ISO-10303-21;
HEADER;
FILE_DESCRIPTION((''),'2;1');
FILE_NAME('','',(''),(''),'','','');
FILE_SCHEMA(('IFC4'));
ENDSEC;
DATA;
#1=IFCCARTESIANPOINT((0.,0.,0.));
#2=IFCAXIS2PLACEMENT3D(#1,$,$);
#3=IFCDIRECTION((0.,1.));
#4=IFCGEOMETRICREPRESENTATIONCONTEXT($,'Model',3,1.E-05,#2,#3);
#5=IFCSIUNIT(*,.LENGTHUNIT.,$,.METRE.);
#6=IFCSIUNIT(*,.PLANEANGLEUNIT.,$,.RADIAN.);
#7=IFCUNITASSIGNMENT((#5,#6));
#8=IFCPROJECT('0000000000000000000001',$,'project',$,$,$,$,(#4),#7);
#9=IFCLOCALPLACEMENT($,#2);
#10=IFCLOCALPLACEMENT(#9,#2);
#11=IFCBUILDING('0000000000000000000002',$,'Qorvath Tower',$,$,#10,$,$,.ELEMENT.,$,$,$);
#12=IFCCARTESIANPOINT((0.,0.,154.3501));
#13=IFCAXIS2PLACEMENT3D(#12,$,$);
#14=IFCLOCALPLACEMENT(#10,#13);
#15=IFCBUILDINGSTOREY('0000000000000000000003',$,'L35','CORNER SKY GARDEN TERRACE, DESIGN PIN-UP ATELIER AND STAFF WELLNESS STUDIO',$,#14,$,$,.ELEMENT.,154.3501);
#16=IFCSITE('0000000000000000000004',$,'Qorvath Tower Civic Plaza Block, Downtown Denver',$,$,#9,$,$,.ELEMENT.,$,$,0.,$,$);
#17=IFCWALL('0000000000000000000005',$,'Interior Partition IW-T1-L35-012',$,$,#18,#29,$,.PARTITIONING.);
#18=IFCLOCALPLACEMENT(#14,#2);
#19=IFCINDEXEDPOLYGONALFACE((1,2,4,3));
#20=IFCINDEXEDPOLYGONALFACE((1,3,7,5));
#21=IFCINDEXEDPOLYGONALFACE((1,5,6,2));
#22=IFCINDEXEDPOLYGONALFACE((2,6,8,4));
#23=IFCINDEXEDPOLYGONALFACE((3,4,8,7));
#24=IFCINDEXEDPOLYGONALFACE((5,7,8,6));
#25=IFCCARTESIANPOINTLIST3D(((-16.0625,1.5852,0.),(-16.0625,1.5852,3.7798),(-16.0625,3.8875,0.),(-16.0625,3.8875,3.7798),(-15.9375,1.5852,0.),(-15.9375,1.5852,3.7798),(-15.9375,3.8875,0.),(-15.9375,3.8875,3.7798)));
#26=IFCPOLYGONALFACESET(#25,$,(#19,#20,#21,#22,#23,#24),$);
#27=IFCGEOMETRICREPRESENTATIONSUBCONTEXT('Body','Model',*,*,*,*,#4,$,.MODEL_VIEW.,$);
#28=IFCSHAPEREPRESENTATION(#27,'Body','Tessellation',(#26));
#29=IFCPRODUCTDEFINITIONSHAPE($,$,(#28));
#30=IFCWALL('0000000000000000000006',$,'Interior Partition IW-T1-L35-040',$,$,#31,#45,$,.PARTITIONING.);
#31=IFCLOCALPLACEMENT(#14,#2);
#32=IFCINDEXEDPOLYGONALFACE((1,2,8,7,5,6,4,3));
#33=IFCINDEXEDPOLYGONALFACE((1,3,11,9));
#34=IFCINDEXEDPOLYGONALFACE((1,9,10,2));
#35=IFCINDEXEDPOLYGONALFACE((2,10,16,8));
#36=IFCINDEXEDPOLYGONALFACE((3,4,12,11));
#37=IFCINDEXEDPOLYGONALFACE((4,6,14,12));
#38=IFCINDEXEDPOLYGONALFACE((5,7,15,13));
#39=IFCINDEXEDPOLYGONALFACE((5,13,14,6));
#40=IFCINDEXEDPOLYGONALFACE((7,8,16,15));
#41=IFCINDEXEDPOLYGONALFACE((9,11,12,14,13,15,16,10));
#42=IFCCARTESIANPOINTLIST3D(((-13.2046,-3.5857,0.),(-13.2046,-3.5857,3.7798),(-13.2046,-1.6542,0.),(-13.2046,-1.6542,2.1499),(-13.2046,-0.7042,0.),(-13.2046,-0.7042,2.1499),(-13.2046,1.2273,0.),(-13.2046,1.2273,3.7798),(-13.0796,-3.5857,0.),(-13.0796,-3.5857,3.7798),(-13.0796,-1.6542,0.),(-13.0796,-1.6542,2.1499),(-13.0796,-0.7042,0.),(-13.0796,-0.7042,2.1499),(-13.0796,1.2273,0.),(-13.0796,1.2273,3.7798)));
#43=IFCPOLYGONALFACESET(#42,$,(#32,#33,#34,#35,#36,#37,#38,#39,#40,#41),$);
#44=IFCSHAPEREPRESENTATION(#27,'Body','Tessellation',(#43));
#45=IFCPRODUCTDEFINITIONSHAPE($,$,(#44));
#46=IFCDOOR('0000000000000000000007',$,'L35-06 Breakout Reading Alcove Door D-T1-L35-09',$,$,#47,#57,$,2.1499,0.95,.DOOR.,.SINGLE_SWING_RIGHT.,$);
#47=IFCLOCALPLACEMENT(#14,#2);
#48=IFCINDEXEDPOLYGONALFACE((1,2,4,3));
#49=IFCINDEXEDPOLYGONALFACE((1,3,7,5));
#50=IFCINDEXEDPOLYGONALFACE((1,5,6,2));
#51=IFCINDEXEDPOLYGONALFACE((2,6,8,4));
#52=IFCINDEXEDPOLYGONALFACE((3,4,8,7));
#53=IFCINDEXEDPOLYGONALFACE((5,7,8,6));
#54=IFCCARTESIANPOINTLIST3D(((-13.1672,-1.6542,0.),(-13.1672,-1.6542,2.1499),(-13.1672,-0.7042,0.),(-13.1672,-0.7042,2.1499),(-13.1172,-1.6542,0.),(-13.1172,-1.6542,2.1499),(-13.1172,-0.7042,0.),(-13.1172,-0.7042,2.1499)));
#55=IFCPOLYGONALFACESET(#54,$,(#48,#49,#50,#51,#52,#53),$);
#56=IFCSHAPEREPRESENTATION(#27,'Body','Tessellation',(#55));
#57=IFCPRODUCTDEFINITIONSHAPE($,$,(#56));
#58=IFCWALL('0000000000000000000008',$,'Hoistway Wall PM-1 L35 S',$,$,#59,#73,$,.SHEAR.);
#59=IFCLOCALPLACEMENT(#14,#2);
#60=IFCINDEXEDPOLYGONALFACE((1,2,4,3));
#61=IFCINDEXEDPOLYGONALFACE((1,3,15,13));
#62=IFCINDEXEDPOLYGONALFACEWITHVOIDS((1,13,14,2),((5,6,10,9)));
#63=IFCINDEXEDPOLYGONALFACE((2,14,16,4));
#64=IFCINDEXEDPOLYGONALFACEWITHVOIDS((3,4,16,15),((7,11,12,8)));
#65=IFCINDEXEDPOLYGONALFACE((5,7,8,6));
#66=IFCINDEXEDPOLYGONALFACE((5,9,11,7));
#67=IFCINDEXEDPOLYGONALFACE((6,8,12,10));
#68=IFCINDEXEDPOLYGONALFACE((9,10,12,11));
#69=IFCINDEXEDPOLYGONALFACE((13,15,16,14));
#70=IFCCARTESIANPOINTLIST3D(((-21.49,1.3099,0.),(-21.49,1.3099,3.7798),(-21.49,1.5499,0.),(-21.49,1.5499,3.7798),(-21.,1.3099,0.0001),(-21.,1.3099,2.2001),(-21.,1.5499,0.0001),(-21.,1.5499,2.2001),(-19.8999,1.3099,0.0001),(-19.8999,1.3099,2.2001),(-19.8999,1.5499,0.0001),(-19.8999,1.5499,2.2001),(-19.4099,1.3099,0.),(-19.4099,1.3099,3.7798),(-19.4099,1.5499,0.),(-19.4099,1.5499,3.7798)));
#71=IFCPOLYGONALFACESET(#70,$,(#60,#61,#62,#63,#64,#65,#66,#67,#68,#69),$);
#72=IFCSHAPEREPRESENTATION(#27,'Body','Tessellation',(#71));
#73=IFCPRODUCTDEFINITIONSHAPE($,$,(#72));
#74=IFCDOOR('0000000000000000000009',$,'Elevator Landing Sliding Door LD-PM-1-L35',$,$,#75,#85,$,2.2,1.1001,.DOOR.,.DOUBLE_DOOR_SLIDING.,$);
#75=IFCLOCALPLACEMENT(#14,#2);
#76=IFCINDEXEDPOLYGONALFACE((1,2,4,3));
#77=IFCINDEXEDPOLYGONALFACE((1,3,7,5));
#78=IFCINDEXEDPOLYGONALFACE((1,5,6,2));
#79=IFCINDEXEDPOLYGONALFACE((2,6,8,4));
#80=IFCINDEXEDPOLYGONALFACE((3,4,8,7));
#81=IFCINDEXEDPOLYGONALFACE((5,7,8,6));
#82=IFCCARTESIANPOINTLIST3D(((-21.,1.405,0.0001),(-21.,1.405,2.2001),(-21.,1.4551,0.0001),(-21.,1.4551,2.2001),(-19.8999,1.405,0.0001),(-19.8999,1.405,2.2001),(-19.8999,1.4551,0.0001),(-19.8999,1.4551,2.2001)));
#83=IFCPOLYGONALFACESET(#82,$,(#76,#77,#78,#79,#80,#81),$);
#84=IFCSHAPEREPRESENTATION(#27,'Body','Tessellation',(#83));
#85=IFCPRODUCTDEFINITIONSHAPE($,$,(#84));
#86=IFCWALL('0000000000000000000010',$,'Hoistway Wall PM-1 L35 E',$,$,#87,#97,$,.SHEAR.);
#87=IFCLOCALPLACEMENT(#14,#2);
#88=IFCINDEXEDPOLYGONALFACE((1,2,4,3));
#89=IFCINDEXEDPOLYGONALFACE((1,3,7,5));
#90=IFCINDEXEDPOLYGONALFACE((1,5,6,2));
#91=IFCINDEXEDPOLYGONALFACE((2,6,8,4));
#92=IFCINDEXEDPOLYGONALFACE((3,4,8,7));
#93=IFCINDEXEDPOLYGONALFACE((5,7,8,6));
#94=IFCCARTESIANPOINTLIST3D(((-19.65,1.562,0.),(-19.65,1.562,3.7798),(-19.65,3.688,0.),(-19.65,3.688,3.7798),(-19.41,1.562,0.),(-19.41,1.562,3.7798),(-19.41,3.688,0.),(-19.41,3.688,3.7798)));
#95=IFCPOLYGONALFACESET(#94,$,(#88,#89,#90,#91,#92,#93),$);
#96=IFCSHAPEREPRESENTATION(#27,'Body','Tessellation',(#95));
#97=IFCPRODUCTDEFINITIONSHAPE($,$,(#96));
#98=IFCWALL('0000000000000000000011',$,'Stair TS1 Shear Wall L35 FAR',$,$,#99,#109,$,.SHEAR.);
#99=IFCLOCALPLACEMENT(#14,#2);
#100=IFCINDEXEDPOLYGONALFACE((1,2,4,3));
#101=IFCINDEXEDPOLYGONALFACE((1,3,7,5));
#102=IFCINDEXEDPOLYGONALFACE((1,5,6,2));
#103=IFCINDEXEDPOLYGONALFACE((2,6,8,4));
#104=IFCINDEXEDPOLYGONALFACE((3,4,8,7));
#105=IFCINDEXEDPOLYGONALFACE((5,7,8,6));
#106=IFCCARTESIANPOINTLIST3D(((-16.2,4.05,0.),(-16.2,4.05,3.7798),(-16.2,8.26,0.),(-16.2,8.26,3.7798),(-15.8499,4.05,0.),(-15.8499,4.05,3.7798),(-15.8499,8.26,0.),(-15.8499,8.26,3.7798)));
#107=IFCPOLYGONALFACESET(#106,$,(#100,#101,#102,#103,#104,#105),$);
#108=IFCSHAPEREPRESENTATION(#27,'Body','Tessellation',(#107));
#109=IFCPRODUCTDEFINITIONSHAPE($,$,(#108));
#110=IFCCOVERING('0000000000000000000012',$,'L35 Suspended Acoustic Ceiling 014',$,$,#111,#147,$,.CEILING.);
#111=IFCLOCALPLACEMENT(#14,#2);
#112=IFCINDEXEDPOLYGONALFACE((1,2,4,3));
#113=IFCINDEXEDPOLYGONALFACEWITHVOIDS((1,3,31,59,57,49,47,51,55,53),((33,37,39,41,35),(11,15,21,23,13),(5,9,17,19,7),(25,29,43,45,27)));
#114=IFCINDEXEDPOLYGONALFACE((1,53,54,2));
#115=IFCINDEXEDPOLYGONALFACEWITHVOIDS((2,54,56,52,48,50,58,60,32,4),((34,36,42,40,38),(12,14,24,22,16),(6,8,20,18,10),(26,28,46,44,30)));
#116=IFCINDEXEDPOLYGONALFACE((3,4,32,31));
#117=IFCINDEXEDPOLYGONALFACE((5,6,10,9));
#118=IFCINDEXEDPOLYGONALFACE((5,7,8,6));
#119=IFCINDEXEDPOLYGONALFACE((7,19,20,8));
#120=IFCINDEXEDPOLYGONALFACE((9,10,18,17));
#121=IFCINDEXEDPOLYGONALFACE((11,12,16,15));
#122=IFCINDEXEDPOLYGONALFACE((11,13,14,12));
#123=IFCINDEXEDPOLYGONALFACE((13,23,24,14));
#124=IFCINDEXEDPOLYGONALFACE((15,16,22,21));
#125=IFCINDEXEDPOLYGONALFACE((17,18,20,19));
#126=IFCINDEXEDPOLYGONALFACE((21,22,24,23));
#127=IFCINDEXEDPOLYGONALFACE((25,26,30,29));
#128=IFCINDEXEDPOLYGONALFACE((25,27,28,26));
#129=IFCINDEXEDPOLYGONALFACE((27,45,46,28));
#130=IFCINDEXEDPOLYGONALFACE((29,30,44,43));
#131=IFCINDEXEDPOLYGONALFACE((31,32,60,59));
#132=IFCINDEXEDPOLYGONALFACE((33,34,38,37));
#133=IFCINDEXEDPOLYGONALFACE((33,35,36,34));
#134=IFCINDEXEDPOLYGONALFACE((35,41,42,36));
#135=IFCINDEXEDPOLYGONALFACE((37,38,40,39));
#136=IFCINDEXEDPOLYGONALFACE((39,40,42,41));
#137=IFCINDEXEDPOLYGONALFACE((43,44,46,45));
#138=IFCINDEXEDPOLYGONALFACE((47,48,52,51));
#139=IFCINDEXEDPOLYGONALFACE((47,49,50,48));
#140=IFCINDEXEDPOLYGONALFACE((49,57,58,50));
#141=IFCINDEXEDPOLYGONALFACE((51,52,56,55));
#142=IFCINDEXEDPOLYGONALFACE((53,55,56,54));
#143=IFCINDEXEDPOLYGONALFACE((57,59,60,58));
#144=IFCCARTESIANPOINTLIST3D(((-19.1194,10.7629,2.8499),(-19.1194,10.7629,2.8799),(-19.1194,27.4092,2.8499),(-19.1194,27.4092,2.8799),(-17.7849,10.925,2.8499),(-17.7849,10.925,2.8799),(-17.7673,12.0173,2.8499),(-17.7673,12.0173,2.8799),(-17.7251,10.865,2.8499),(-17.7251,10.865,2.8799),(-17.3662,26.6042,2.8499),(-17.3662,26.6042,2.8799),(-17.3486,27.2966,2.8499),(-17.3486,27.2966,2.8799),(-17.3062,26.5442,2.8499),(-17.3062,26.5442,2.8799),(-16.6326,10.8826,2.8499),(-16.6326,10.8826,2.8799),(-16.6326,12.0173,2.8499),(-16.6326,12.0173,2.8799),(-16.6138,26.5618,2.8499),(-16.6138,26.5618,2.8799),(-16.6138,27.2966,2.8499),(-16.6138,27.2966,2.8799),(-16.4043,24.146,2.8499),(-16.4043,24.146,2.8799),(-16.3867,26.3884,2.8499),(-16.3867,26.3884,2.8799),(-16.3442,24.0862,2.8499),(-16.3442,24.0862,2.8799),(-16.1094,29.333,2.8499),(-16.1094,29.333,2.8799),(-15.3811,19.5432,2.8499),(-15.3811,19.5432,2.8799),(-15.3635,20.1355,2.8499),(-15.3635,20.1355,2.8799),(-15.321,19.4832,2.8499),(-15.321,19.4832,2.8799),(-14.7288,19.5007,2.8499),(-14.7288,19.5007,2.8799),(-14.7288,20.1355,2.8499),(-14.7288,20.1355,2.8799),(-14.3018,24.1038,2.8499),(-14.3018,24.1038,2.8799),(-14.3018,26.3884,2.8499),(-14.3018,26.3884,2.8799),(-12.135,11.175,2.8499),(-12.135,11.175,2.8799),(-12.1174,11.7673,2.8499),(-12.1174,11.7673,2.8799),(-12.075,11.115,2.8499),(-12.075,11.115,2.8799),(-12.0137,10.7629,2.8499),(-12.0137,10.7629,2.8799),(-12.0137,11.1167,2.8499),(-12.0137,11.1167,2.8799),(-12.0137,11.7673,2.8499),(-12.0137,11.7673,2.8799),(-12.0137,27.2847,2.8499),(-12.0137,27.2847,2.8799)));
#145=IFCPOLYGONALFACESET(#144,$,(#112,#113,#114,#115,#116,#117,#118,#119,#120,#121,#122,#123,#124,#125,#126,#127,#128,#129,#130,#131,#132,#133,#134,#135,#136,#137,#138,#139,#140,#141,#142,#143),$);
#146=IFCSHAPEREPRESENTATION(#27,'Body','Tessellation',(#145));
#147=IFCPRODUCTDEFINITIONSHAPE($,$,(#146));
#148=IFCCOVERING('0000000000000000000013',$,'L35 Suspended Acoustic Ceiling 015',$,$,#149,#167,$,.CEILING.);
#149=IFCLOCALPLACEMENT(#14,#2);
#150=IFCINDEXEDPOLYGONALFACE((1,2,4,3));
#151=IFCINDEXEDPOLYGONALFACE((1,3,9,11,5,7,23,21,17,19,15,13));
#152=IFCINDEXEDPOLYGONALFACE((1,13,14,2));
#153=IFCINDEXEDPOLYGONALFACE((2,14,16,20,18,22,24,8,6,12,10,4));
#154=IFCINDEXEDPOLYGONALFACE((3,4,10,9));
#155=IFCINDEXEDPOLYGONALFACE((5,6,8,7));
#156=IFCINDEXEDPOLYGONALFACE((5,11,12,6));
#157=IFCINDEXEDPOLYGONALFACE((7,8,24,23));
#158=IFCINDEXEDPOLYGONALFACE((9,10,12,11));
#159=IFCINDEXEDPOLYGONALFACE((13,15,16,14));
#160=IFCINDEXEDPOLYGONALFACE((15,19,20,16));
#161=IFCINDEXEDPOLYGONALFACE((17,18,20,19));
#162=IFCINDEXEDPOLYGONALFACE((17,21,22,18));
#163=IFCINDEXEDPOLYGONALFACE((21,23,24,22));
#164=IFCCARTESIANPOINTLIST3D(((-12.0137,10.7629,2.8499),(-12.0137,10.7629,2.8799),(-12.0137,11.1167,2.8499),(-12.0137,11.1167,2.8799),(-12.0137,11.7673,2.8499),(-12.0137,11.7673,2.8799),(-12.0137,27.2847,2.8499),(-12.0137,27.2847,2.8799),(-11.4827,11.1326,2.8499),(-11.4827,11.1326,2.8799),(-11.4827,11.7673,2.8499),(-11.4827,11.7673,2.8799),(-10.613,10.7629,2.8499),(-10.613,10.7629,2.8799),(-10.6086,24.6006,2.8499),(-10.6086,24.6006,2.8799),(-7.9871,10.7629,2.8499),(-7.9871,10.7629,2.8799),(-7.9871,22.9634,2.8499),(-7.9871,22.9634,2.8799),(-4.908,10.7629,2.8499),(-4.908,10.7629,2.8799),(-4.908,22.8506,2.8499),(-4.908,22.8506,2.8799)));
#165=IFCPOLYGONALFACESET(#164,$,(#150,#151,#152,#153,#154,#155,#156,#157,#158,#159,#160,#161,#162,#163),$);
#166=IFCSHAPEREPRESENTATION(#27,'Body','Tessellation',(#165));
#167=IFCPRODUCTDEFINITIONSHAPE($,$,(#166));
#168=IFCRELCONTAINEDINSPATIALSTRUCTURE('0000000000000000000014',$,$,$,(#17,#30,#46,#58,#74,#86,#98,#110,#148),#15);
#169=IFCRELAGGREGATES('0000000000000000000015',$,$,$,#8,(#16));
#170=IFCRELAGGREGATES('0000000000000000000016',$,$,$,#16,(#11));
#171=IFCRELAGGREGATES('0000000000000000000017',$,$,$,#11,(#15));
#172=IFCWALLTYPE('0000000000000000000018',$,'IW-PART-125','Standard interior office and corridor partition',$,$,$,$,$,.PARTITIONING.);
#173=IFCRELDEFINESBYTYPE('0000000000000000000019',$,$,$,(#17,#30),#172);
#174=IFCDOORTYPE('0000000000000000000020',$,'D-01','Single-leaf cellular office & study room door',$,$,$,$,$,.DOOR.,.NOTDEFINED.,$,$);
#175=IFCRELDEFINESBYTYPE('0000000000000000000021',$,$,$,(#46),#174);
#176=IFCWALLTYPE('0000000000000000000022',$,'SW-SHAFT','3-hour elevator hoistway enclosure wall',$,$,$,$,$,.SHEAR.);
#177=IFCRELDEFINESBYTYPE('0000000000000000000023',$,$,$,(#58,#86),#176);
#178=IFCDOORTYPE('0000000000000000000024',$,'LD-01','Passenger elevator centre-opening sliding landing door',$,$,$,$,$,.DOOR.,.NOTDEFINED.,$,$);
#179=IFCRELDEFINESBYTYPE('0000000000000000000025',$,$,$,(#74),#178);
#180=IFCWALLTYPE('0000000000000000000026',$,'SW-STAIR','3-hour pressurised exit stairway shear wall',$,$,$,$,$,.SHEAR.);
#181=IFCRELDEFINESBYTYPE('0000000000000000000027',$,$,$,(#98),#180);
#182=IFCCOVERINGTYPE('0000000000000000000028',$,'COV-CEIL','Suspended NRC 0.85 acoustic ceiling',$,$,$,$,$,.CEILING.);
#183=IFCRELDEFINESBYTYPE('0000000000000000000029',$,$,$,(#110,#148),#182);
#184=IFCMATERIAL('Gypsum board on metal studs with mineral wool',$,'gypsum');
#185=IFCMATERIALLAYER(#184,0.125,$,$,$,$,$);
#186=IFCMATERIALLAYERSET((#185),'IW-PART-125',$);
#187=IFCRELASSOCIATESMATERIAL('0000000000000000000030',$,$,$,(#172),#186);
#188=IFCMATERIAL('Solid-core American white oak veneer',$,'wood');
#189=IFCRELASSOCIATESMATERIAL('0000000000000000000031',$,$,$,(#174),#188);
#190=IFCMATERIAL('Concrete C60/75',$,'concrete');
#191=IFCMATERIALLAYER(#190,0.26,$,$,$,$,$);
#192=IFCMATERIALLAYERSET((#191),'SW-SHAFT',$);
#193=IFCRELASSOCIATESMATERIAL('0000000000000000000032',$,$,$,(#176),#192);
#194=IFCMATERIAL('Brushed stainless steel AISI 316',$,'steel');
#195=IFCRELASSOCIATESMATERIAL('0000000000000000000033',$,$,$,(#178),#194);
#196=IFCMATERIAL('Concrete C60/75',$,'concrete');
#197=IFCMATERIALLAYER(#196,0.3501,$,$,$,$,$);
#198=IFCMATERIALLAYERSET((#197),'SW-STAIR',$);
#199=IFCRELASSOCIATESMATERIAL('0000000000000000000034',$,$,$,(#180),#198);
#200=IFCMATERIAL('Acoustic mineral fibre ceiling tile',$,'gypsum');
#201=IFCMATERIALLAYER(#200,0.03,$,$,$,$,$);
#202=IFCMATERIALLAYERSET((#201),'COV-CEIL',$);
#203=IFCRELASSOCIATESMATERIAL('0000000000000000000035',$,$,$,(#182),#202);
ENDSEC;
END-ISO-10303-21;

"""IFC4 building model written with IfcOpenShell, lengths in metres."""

from ifc_helpers import new_model, si_unit, direction, frame, frame_2d, origin, place, context, subcontext, project, spatial, polyline, rectangle, outline, extrude, material, layer, layer_set, type_object, element, fill, save


model = new_model("IFC4")

# Units and contexts
model_context = context("Model", 3, precision=1e-05, world=origin(), true_north=direction((0.0, 1.0)))
body_context = subcontext(model_context, "Body", "Model", "MODEL_VIEW")
ifc_project = project(units=[si_unit("LENGTHUNIT", "METRE"), si_unit("PLANEANGLEUNIT", "RADIAN")], contexts=[model_context])

# Site, building, storey
site_placement = place(None, origin())
site = spatial("IfcSite", under=ifc_project, at=site_placement, Name="Qorvath Tower Civic Plaza Block, Downtown Denver", CompositionType="ELEMENT", RefElevation=0.0)
building_placement = place(site_placement, origin())
building = spatial("IfcBuilding", under=site, at=building_placement, Name="Qorvath Tower", CompositionType="ELEMENT")
storey_placement = place(building_placement, frame((0.0, 0.0, 154.3501)))
storey = spatial("IfcBuildingStorey", under=building, at=storey_placement, Name="L35", Description="CORNER SKY GARDEN TERRACE, DESIGN PIN-UP ATELIER AND STAFF WELLNESS STUDIO", CompositionType="ELEMENT", Elevation=154.3501)

# Shared definitions
ifc_material_1 = material(Name="Gypsum board on metal studs with mineral wool", Category="gypsum")
ifc_layer_1 = layer(ifc_material_1, 0.125)
ifc_layer_set_1 = layer_set([ifc_layer_1], Name="IW-PART-125")
wall_type_1 = type_object("IfcWallType", Name="IW-PART-125", Description="Standard interior office and corridor partition", PredefinedType="PARTITIONING", material=ifc_layer_set_1)
ifc_material_2 = material(Name="Solid-core American white oak veneer", Category="wood")
door_type_1 = type_object("IfcDoorType", Name="D-01", Description="Single-leaf cellular office & study room door", OperationType="NOTDEFINED", PredefinedType="DOOR", material=ifc_material_2)

# Wall
wall_1_placement = place(storey_placement, frame((-16.0, 1.5852, 0.0), z_axis=(0.0, 0.0, 1.0), x_axis=(0.0, 1.0, 0.0)))
element("IfcWall", 1, at=wall_1_placement, inside=storey, type_object=wall_type_1, Name="Interior Partition IW-T1-L35-012", PredefinedType="PARTITIONING", context=body_context, shape_type="SweptSolid", body=[
    extrude(rectangle(XDim=2.3022, YDim=0.125, at=frame_2d((1.1511, 0.0))), origin(), (0.0, 0.0, 1.0), 3.7798),
])

# Walls, openings, doors
wall_2_placement = place(storey_placement, frame((-13.1421, 1.2273, 0.0), z_axis=(0.0, 0.0, 1.0), x_axis=(0.0, -1.0, 0.0)))
wall_2 = element("IfcWall", 2, at=wall_2_placement, inside=storey, type_object=wall_type_1, Name="Interior Partition IW-T1-L35-040", PredefinedType="PARTITIONING", context=body_context, shape_type="SweptSolid", body=[
    extrude(rectangle(XDim=4.813, YDim=0.125, at=frame_2d((2.4065, 0.0))), origin(), (0.0, 0.0, 1.0), 3.7798),
])
opening_1_placement = place(wall_2_placement, frame((1.9314, 0.0, 0.0)))
opening_1 = element("IfcOpeningElement", 3, at=opening_1_placement, cuts=wall_2, PredefinedType="OPENING", context=body_context, shape_type="SweptSolid", body=[
    extrude(rectangle(XDim=0.95, YDim=2.1499, at=frame_2d((0.4751, 1.075))), frame((0.0, 0.0725, 0.0), z_axis=(0.0, -1.0, 0.0), x_axis=(1.0, 0.0, 0.0)), (0.0, 0.0, 1.0), 0.145),
])
door_1_placement = place(opening_1_placement, origin())
door_1 = element("IfcDoor", 4, at=door_1_placement, inside=storey, type_object=door_type_1, Name="L35-06 Breakout Reading Alcove Door D-T1-L35-09", OperationType="SINGLE_SWING_RIGHT", OverallHeight=2.1499, OverallWidth=0.95, PredefinedType="DOOR", context=body_context, shape_type="SweptSolid", body=[
    extrude(rectangle(XDim=0.95, YDim=2.1499, at=frame_2d((0.4751, 1.075))), frame((0.0, 0.0249, 0.0), z_axis=(0.0, -1.0, 0.0), x_axis=(1.0, 0.0, 0.0)), (0.0, 0.0, 1.0), 0.05),
])
fill(opening_1, door_1)
ifc_material_3 = material(Name="Concrete C60/75", Category="concrete")
ifc_layer_2 = layer(ifc_material_3, 0.26)
ifc_layer_set_2 = layer_set([ifc_layer_2], Name="SW-SHAFT")
wall_type_2 = type_object("IfcWallType", Name="SW-SHAFT", Description="3-hour elevator hoistway enclosure wall", PredefinedType="SHEAR", material=ifc_layer_set_2)
wall_3_placement = place(storey_placement, frame((-19.4099, 1.4299, 0.0), z_axis=(0.0, 0.0, 1.0), x_axis=(-1.0, 0.0, 0.0)))
wall_3 = element("IfcWall", 5, at=wall_3_placement, inside=storey, type_object=wall_type_2, Name="Hoistway Wall PM-1 L35 S", PredefinedType="SHEAR", context=body_context, shape_type="SweptSolid", body=[
    extrude(rectangle(XDim=2.0801, YDim=0.24, at=frame_2d((1.04, 0.0))), origin(), (0.0, 0.0, 1.0), 3.7798),
])
opening_2_placement = place(wall_3_placement, frame((0.49, 0.0, 0.0)))
opening_2 = element("IfcOpeningElement", 6, at=opening_2_placement, cuts=wall_3, PredefinedType="OPENING", context=body_context, shape_type="SweptSolid", body=[
    extrude(rectangle(XDim=1.1001, YDim=2.2, at=frame_2d((0.55, 1.1001))), frame((0.0, 0.1299, 0.0), z_axis=(0.0, -1.0, 0.0), x_axis=(1.0, 0.0, 0.0)), (0.0, 0.0, 1.0), 0.26),
])
ifc_material_4 = material(Name="Brushed stainless steel AISI 316", Category="steel")
door_type_2 = type_object("IfcDoorType", Name="LD-01", Description="Passenger elevator centre-opening sliding landing door", OperationType="NOTDEFINED", PredefinedType="DOOR", material=ifc_material_4)
door_2_placement = place(opening_2_placement, origin())
door_2 = element("IfcDoor", 7, at=door_2_placement, inside=storey, type_object=door_type_2, Name="Elevator Landing Sliding Door LD-PM-1-L35", OperationType="DOUBLE_DOOR_SLIDING", OverallHeight=2.2, OverallWidth=1.1001, PredefinedType="DOOR", context=body_context, shape_type="SweptSolid", body=[
    extrude(rectangle(XDim=1.1001, YDim=2.2, at=frame_2d((0.55, 1.1001))), frame((0.0, 0.0249, 0.0), z_axis=(0.0, -1.0, 0.0), x_axis=(1.0, 0.0, 0.0)), (0.0, 0.0, 1.0), 0.05),
])
fill(opening_2, door_2)

# Walls
wall_4_placement = place(storey_placement, frame((-19.53, 3.688, 0.0), z_axis=(0.0, 0.0, 1.0), x_axis=(0.0, -1.0, 0.0)))
element("IfcWall", 8, at=wall_4_placement, inside=storey, type_object=wall_type_2, Name="Hoistway Wall PM-1 L35 E", PredefinedType="SHEAR", context=body_context, shape_type="SweptSolid", body=[
    extrude(rectangle(XDim=2.126, YDim=0.24, at=frame_2d((1.063, 0.0))), origin(), (0.0, 0.0, 1.0), 3.7798),
])
ifc_material_5 = material(Name="Concrete C60/75", Category="concrete")
ifc_layer_3 = layer(ifc_material_5, 0.3501)
ifc_layer_set_3 = layer_set([ifc_layer_3], Name="SW-STAIR")
wall_type_3 = type_object("IfcWallType", Name="SW-STAIR", Description="3-hour pressurised exit stairway shear wall", PredefinedType="SHEAR", material=ifc_layer_set_3)
wall_5_placement = place(storey_placement, frame((-16.0249, 4.05, 0.0), z_axis=(0.0, 0.0, 1.0), x_axis=(0.0, 1.0, 0.0)))
element("IfcWall", 9, at=wall_5_placement, inside=storey, type_object=wall_type_3, Name="Stair TS1 Shear Wall L35 FAR", PredefinedType="SHEAR", context=body_context, shape_type="SweptSolid", body=[
    extrude(rectangle(XDim=4.21, YDim=0.3501, at=frame_2d((2.105, 0.0))), origin(), (0.0, 0.0, 1.0), 3.7798),
])

# Coverings
ifc_material_6 = material(Name="Acoustic mineral fibre ceiling tile", Category="gypsum")
ifc_layer_4 = layer(ifc_material_6, 0.03)
ifc_layer_set_4 = layer_set([ifc_layer_4], Name="COV-CEIL")
covering_type_1 = type_object("IfcCoveringType", Name="COV-CEIL", Description="Suspended NRC 0.85 acoustic ceiling", PredefinedType="CEILING", material=ifc_layer_set_4)
covering_1_placement = place(storey_placement, frame((0.0, 0.0, 2.8499)))
element("IfcCovering", 10, at=covering_1_placement, inside=storey, type_object=covering_type_1, Name="L35 Suspended Acoustic Ceiling 014", PredefinedType="CEILING", context=body_context, shape_type="SweptSolid", body=[
    extrude(outline(polyline([(-12.0137, 10.7629), (-12.0137, 11.1167), (-12.075, 11.115), (-12.135, 11.175), (-12.1174, 11.7673), (-12.0137, 11.7673), (-12.0137, 27.2847), (-16.1094, 29.333), (-19.1194, 27.4092), (-19.1194, 10.7629), (-12.0137, 10.7629)]), holes=[polyline([(-16.4043, 24.146), (-16.3867, 26.3884), (-14.3018, 26.3884), (-14.3018, 24.1038), (-16.3442, 24.0862), (-16.4043, 24.146)]), polyline([(-15.3811, 19.5432), (-15.3635, 20.1355), (-14.7288, 20.1355), (-14.7288, 19.5007), (-15.321, 19.4832), (-15.3811, 19.5432)]), polyline([(-17.3662, 26.6042), (-17.3486, 27.2966), (-16.6138, 27.2966), (-16.6138, 26.5618), (-17.3062, 26.5442), (-17.3662, 26.6042)]), polyline([(-17.7849, 10.925), (-17.7673, 12.0173), (-16.6326, 12.0173), (-16.6326, 10.8826), (-17.7251, 10.865), (-17.7849, 10.925)])]), origin(), (0.0, 0.0, 1.0), 0.03),
])
covering_2_placement = place(storey_placement, frame((0.0, 0.0, 2.8499)))
element("IfcCovering", 11, at=covering_2_placement, inside=storey, type_object=covering_type_1, Name="L35 Suspended Acoustic Ceiling 015", PredefinedType="CEILING", context=body_context, shape_type="SweptSolid", body=[
    extrude(outline(polyline([(-4.908, 10.7629), (-4.908, 22.8506), (-12.0137, 27.2847), (-12.0137, 11.7673), (-11.4827, 11.7673), (-11.4827, 11.1326), (-12.0137, 11.1167), (-12.0137, 10.7629), (-10.613, 10.7629), (-10.6086, 24.6006), (-7.9871, 22.9634), (-7.9871, 10.7629), (-4.908, 10.7629)])), origin(), (0.0, 0.0, 1.0), 0.03),
])

save(model, "model.ifc")
